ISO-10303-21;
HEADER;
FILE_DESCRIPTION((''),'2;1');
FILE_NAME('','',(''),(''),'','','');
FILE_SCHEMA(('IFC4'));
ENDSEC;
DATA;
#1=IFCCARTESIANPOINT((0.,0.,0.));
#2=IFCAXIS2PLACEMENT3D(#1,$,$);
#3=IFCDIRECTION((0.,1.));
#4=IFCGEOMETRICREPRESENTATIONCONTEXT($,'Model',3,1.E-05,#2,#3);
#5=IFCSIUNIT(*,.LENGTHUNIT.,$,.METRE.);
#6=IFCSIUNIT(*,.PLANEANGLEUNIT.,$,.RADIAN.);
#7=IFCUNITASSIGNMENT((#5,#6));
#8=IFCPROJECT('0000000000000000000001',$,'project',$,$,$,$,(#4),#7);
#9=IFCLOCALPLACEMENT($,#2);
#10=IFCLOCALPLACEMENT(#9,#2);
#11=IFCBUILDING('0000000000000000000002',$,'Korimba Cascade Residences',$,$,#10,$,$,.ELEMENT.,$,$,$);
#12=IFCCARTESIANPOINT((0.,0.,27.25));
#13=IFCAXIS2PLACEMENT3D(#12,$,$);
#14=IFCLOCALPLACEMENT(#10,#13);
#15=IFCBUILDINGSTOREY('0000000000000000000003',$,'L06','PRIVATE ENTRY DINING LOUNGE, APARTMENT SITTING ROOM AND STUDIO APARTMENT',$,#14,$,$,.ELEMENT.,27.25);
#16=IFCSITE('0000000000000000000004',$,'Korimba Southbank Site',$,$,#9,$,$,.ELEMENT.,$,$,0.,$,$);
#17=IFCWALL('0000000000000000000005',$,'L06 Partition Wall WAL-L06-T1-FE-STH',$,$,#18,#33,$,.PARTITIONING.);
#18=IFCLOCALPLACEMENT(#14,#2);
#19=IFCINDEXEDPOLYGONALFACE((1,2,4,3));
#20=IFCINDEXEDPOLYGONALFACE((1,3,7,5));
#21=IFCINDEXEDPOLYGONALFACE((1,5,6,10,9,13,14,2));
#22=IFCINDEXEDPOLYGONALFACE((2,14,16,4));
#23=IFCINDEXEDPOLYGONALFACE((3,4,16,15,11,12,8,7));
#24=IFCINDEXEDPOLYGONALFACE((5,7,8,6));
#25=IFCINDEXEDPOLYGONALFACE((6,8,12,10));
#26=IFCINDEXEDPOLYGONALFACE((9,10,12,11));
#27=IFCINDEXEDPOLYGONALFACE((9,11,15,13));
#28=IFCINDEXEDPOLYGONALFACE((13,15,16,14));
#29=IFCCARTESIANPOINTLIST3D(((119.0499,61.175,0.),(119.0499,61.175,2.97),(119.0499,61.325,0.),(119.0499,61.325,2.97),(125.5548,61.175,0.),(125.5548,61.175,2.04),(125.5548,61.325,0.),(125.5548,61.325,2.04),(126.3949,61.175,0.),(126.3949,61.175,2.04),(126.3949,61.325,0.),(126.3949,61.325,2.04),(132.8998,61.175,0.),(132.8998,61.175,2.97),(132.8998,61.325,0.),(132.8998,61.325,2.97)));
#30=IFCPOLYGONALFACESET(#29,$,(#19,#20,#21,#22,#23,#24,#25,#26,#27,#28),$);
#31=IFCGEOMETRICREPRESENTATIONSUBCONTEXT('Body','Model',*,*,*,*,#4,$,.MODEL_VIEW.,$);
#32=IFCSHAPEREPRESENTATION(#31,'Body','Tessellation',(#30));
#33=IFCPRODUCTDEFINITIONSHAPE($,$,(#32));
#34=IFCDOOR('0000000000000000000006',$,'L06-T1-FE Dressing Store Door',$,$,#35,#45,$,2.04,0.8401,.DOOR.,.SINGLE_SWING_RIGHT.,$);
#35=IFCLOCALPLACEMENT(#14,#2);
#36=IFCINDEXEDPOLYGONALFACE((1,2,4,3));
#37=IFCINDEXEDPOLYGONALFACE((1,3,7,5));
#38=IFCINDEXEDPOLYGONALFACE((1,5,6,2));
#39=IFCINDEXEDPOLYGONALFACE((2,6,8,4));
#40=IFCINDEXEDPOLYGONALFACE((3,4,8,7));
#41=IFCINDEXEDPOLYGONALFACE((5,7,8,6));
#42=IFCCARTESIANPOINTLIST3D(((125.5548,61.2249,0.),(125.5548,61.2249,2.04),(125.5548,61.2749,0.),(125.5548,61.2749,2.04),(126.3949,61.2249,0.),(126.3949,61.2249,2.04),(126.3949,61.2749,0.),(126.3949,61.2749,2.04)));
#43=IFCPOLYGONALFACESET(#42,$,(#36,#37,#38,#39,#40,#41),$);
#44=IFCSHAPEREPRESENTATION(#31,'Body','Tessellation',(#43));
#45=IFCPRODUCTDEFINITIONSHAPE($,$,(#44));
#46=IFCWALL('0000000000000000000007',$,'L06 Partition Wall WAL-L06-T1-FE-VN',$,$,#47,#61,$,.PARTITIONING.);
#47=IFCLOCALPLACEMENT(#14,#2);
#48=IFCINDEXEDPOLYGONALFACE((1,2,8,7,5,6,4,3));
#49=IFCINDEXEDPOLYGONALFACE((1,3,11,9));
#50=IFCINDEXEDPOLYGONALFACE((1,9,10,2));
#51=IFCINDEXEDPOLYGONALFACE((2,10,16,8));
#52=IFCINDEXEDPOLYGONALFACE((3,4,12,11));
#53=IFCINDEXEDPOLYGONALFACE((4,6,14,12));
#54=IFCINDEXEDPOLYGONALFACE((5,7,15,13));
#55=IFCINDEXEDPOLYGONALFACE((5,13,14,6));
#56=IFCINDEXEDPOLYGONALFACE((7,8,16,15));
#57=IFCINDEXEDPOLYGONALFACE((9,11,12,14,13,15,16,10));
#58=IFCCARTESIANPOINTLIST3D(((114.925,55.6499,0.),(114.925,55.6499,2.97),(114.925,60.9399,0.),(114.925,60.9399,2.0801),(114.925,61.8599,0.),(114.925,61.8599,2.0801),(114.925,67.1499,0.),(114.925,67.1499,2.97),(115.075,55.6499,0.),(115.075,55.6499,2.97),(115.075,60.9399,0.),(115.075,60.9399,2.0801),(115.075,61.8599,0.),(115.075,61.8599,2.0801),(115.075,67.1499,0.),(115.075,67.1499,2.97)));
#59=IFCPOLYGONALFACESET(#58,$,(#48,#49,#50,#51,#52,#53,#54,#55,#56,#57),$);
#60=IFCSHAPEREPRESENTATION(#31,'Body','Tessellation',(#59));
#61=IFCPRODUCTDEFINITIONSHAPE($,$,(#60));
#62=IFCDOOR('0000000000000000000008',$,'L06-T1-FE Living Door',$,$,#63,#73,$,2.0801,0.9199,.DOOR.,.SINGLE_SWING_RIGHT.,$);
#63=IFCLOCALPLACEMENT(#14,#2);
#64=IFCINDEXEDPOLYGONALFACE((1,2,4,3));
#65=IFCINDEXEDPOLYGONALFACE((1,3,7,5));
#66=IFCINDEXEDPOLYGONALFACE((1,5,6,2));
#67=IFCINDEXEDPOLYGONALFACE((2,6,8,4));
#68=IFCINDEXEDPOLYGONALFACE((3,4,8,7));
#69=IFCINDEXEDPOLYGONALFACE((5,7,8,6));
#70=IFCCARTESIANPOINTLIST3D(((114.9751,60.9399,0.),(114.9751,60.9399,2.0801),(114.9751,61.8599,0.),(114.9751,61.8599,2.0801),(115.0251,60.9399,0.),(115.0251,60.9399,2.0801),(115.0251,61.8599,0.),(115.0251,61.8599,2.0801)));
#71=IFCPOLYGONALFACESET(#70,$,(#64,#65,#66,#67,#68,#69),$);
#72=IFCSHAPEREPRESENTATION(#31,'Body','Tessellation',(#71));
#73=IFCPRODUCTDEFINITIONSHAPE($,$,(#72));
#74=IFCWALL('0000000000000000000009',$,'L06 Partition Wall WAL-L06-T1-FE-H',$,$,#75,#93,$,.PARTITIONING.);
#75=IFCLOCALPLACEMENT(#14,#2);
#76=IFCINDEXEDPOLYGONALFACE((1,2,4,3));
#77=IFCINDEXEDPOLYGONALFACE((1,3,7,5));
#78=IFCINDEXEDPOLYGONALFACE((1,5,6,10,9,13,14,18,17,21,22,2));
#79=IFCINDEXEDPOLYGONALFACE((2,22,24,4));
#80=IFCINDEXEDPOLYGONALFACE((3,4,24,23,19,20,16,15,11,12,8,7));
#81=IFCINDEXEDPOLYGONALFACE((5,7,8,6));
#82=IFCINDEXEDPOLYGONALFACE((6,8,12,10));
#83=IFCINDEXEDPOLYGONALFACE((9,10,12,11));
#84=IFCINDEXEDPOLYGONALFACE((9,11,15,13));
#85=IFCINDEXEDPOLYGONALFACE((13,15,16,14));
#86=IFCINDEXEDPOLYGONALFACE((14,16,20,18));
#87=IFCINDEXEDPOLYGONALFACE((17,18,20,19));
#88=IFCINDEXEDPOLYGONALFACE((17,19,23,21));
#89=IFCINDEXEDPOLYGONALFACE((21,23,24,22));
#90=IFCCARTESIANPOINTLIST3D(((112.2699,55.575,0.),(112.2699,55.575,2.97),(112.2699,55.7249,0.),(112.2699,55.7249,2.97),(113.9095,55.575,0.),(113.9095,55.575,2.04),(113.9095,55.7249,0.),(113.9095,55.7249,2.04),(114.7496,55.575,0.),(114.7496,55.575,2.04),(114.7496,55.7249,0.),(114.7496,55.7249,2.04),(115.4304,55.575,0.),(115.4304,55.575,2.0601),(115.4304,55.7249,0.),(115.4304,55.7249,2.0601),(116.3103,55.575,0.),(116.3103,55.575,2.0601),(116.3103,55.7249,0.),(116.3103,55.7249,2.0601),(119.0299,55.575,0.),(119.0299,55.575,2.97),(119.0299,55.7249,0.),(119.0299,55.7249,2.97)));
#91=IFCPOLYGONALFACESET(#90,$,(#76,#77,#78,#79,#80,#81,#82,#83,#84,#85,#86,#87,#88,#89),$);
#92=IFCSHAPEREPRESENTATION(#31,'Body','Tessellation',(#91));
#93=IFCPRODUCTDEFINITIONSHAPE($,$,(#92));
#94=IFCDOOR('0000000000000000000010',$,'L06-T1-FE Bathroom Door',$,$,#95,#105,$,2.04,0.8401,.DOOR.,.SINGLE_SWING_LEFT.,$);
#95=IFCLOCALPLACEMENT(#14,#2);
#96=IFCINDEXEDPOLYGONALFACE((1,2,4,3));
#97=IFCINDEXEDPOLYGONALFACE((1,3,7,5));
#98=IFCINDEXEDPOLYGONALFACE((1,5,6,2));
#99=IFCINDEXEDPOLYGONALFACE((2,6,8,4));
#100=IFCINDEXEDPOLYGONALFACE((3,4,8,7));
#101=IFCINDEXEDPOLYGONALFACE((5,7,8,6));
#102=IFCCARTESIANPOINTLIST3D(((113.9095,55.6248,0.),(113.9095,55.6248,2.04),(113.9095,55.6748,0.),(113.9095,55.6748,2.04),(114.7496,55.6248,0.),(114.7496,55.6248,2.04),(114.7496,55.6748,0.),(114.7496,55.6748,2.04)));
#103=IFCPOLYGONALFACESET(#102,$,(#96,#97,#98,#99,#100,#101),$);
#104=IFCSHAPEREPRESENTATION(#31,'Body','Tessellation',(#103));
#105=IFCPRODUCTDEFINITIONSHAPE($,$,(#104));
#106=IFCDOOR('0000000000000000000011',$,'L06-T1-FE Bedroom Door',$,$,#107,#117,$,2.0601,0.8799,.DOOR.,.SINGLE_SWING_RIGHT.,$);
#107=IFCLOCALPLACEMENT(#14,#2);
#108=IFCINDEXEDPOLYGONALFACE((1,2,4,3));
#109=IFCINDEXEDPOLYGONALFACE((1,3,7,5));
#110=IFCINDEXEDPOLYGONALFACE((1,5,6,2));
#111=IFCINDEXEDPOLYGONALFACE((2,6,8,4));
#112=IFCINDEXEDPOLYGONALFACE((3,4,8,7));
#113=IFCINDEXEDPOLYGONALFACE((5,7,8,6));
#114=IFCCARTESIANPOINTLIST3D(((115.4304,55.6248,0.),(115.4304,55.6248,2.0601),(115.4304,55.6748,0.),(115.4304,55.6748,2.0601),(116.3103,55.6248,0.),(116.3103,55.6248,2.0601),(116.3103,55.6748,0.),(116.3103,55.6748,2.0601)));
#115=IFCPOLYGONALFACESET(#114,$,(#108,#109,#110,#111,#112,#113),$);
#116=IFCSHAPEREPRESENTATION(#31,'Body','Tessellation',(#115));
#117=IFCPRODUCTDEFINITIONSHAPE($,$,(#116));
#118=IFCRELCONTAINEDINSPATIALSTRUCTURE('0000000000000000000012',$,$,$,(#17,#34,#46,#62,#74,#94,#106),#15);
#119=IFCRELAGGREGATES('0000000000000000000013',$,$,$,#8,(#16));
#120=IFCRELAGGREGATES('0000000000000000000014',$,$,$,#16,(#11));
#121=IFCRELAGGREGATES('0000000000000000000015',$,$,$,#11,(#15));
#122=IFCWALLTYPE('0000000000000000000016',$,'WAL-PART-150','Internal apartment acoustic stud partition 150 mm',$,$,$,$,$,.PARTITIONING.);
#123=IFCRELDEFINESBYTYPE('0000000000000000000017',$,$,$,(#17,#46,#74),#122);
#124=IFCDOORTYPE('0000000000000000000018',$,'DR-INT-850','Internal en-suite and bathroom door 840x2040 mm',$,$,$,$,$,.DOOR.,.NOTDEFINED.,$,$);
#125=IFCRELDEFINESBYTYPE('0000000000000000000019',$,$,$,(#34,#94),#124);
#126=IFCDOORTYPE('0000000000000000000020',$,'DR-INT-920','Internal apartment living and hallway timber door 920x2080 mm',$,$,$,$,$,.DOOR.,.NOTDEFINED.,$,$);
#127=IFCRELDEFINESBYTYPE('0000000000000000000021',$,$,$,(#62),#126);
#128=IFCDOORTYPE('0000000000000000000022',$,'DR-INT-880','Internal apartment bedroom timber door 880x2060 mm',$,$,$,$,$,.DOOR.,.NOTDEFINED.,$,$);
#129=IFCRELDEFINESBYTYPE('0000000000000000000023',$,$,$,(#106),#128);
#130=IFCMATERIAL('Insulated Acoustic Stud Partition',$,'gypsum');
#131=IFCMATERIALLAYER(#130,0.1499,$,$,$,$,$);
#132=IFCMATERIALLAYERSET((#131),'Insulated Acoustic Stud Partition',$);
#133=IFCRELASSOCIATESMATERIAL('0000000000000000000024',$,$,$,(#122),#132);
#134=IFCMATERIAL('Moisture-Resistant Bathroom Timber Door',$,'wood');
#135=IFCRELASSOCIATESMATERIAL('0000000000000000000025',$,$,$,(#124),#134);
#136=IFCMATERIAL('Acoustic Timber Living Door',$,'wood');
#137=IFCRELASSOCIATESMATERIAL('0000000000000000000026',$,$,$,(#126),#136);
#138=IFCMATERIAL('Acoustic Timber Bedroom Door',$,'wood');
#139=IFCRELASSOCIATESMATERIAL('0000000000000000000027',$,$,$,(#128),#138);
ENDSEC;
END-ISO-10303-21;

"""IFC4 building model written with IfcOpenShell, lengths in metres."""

from ifc_helpers import new_model, si_unit, direction, frame, frame_2d, origin, place, context, subcontext, project, spatial, rectangle, extrude, material, layer, layer_set, type_object, element, fill, save


model = new_model("IFC4")

# Units and contexts
model_context = context("Model", 3, precision=1e-05, world=origin(), true_north=direction((0.0, 1.0)))
body_context = subcontext(model_context, "Body", "Model", "MODEL_VIEW")
ifc_project = project(units=[si_unit("LENGTHUNIT", "METRE"), si_unit("PLANEANGLEUNIT", "RADIAN")], contexts=[model_context])

# Site, building, storey
site_placement = place(None, origin())
site = spatial("IfcSite", under=ifc_project, at=site_placement, Name="Korimba Southbank Site", CompositionType="ELEMENT", RefElevation=0.0)
building_placement = place(site_placement, origin())
building = spatial("IfcBuilding", under=site, at=building_placement, Name="Korimba Cascade Residences", CompositionType="ELEMENT")
storey_placement = place(building_placement, frame((0.0, 0.0, 27.25)))
storey = spatial("IfcBuildingStorey", under=building, at=storey_placement, Name="L06", Description="PRIVATE ENTRY DINING LOUNGE, APARTMENT SITTING ROOM AND STUDIO APARTMENT", CompositionType="ELEMENT", Elevation=27.25)

# Walls, openings, doors
ifc_material_1 = material(Name="Insulated Acoustic Stud Partition", Category="gypsum")
ifc_layer_1 = layer(ifc_material_1, 0.1499)
ifc_layer_set_1 = layer_set([ifc_layer_1], Name="Insulated Acoustic Stud Partition")
wall_type_1 = type_object("IfcWallType", Name="WAL-PART-150", Description="Internal apartment acoustic stud partition 150 mm", PredefinedType="PARTITIONING", material=ifc_layer_set_1)
wall_1_placement = place(storey_placement, frame((119.05, 61.25, 0.0), z_axis=(0.0, 0.0, 1.0), x_axis=(1.0, 0.0, 0.0)))
wall_1 = element("IfcWall", 1, at=wall_1_placement, inside=storey, type_object=wall_type_1, Name="L06 Partition Wall WAL-L06-T1-FE-STH", PredefinedType="PARTITIONING", context=body_context, shape_type="SweptSolid", body=[
    extrude(rectangle(XDim=13.8499, YDim=0.1499, at=frame_2d((6.9248, 0.0))), origin(), (0.0, 0.0, 1.0), 2.97),
])
opening_1_placement = place(wall_1_placement, frame((6.5049, 0.0, 0.0)))
opening_1 = element("IfcOpeningElement", 2, at=opening_1_placement, cuts=wall_1, PredefinedType="OPENING", context=body_context, shape_type="SweptSolid", body=[
    extrude(rectangle(XDim=0.8401, YDim=2.04, at=frame_2d((0.4199, 1.02))), frame((0.0, 0.085, 0.0), z_axis=(0.0, -1.0, 0.0), x_axis=(1.0, 0.0, 0.0)), (0.0, 0.0, 1.0), 0.1699),
])
ifc_material_2 = material(Name="Moisture-Resistant Bathroom Timber Door", Category="wood")
door_type_1 = type_object("IfcDoorType", Name="DR-INT-850", Description="Internal en-suite and bathroom door 840x2040 mm", OperationType="NOTDEFINED", PredefinedType="DOOR", material=ifc_material_2)
door_1_placement = place(opening_1_placement, origin())
door_1 = element("IfcDoor", 3, at=door_1_placement, inside=storey, type_object=door_type_1, Name="L06-T1-FE Dressing Store Door", OperationType="SINGLE_SWING_RIGHT", OverallHeight=2.04, OverallWidth=0.8401, PredefinedType="DOOR", context=body_context, shape_type="SweptSolid", body=[
    extrude(rectangle(XDim=0.8401, YDim=2.04, at=frame_2d((0.4199, 1.02))), frame((0.0, 0.0249, 0.0), z_axis=(0.0, -1.0, 0.0), x_axis=(1.0, 0.0, 0.0)), (0.0, 0.0, 1.0), 0.05),
])
fill(opening_1, door_1)
wall_2_placement = place(storey_placement, frame((115.0, 55.6499, 0.0), z_axis=(0.0, 0.0, 1.0), x_axis=(0.0, 1.0, 0.0)))
wall_2 = element("IfcWall", 4, at=wall_2_placement, inside=storey, type_object=wall_type_1, Name="L06 Partition Wall WAL-L06-T1-FE-VN", PredefinedType="PARTITIONING", context=body_context, shape_type="SweptSolid", body=[
    extrude(rectangle(XDim=11.5, YDim=0.1499, at=frame_2d((5.75, 0.0))), origin(), (0.0, 0.0, 1.0), 2.97),
])
opening_2_placement = place(wall_2_placement, frame((5.29, 0.0, 0.0)))
opening_2 = element("IfcOpeningElement", 5, at=opening_2_placement, cuts=wall_2, PredefinedType="OPENING", context=body_context, shape_type="SweptSolid", body=[
    extrude(rectangle(XDim=0.9199, YDim=2.0801, at=frame_2d((0.46, 1.04))), frame((0.0, 0.085, 0.0), z_axis=(0.0, -1.0, 0.0), x_axis=(1.0, 0.0, 0.0)), (0.0, 0.0, 1.0), 0.1699),
])
ifc_material_3 = material(Name="Acoustic Timber Living Door", Category="wood")
door_type_2 = type_object("IfcDoorType", Name="DR-INT-920", Description="Internal apartment living and hallway timber door 920x2080 mm", OperationType="NOTDEFINED", PredefinedType="DOOR", material=ifc_material_3)
door_2_placement = place(opening_2_placement, origin())
door_2 = element("IfcDoor", 6, at=door_2_placement, inside=storey, type_object=door_type_2, Name="L06-T1-FE Living Door", OperationType="SINGLE_SWING_RIGHT", OverallHeight=2.0801, OverallWidth=0.9199, PredefinedType="DOOR", context=body_context, shape_type="SweptSolid", body=[
    extrude(rectangle(XDim=0.9199, YDim=2.0801, at=frame_2d((0.46, 1.04))), frame((0.0, 0.0249, 0.0), z_axis=(0.0, -1.0, 0.0), x_axis=(1.0, 0.0, 0.0)), (0.0, 0.0, 1.0), 0.05),
])
fill(opening_2, door_2)

# Wall, openings, doors
wall_3_placement = place(storey_placement, frame((112.27, 55.6499, 0.0), z_axis=(0.0, 0.0, 1.0), x_axis=(1.0, 0.0, 0.0)))
wall_3 = element("IfcWall", 7, at=wall_3_placement, inside=storey, type_object=wall_type_1, Name="L06 Partition Wall WAL-L06-T1-FE-H", PredefinedType="PARTITIONING", context=body_context, shape_type="SweptSolid", body=[
    extrude(rectangle(XDim=6.76, YDim=0.1499, at=frame_2d((3.3799, 0.0))), origin(), (0.0, 0.0, 1.0), 2.97),
])
opening_3_placement = place(wall_3_placement, frame((1.6396, 0.0, 0.0)))
opening_3 = element("IfcOpeningElement", 8, at=opening_3_placement, cuts=wall_3, PredefinedType="OPENING", context=body_context, shape_type="SweptSolid", body=[
    extrude(rectangle(XDim=0.8401, YDim=2.04, at=frame_2d((0.4199, 1.02))), frame((0.0, 0.085, 0.0), z_axis=(0.0, -1.0, 0.0), x_axis=(1.0, 0.0, 0.0)), (0.0, 0.0, 1.0), 0.1699),
])
opening_4_placement = place(wall_3_placement, frame((3.1604, 0.0, 0.0)))
opening_4 = element("IfcOpeningElement", 9, at=opening_4_placement, cuts=wall_3, PredefinedType="OPENING", context=body_context, shape_type="SweptSolid", body=[
    extrude(rectangle(XDim=0.8799, YDim=2.0601, at=frame_2d((0.4399, 1.03))), frame((0.0, 0.085, 0.0), z_axis=(0.0, -1.0, 0.0), x_axis=(1.0, 0.0, 0.0)), (0.0, 0.0, 1.0), 0.1699),
])
door_3_placement = place(opening_3_placement, origin())
door_3 = element("IfcDoor", 10, at=door_3_placement, inside=storey, type_object=door_type_1, Name="L06-T1-FE Bathroom Door", OperationType="SINGLE_SWING_LEFT", OverallHeight=2.04, OverallWidth=0.8401, PredefinedType="DOOR", context=body_context, shape_type="SweptSolid", body=[
    extrude(rectangle(XDim=0.8401, YDim=2.04, at=frame_2d((0.4199, 1.02))), frame((0.0, 0.0249, 0.0), z_axis=(0.0, -1.0, 0.0), x_axis=(1.0, 0.0, 0.0)), (0.0, 0.0, 1.0), 0.05),
])
fill(opening_3, door_3)
ifc_material_4 = material(Name="Acoustic Timber Bedroom Door", Category="wood")
door_type_3 = type_object("IfcDoorType", Name="DR-INT-880", Description="Internal apartment bedroom timber door 880x2060 mm", OperationType="NOTDEFINED", PredefinedType="DOOR", material=ifc_material_4)
door_4_placement = place(opening_4_placement, origin())
door_4 = element("IfcDoor", 11, at=door_4_placement, inside=storey, type_object=door_type_3, Name="L06-T1-FE Bedroom Door", OperationType="SINGLE_SWING_RIGHT", OverallHeight=2.0601, OverallWidth=0.8799, PredefinedType="DOOR", context=body_context, shape_type="SweptSolid", body=[
    extrude(rectangle(XDim=0.8799, YDim=2.0601, at=frame_2d((0.4399, 1.03))), frame((0.0, 0.0249, 0.0), z_axis=(0.0, -1.0, 0.0), x_axis=(1.0, 0.0, 0.0)), (0.0, 0.0, 1.0), 0.05),
])
fill(opening_4, door_4)

save(model, "model.ifc")
